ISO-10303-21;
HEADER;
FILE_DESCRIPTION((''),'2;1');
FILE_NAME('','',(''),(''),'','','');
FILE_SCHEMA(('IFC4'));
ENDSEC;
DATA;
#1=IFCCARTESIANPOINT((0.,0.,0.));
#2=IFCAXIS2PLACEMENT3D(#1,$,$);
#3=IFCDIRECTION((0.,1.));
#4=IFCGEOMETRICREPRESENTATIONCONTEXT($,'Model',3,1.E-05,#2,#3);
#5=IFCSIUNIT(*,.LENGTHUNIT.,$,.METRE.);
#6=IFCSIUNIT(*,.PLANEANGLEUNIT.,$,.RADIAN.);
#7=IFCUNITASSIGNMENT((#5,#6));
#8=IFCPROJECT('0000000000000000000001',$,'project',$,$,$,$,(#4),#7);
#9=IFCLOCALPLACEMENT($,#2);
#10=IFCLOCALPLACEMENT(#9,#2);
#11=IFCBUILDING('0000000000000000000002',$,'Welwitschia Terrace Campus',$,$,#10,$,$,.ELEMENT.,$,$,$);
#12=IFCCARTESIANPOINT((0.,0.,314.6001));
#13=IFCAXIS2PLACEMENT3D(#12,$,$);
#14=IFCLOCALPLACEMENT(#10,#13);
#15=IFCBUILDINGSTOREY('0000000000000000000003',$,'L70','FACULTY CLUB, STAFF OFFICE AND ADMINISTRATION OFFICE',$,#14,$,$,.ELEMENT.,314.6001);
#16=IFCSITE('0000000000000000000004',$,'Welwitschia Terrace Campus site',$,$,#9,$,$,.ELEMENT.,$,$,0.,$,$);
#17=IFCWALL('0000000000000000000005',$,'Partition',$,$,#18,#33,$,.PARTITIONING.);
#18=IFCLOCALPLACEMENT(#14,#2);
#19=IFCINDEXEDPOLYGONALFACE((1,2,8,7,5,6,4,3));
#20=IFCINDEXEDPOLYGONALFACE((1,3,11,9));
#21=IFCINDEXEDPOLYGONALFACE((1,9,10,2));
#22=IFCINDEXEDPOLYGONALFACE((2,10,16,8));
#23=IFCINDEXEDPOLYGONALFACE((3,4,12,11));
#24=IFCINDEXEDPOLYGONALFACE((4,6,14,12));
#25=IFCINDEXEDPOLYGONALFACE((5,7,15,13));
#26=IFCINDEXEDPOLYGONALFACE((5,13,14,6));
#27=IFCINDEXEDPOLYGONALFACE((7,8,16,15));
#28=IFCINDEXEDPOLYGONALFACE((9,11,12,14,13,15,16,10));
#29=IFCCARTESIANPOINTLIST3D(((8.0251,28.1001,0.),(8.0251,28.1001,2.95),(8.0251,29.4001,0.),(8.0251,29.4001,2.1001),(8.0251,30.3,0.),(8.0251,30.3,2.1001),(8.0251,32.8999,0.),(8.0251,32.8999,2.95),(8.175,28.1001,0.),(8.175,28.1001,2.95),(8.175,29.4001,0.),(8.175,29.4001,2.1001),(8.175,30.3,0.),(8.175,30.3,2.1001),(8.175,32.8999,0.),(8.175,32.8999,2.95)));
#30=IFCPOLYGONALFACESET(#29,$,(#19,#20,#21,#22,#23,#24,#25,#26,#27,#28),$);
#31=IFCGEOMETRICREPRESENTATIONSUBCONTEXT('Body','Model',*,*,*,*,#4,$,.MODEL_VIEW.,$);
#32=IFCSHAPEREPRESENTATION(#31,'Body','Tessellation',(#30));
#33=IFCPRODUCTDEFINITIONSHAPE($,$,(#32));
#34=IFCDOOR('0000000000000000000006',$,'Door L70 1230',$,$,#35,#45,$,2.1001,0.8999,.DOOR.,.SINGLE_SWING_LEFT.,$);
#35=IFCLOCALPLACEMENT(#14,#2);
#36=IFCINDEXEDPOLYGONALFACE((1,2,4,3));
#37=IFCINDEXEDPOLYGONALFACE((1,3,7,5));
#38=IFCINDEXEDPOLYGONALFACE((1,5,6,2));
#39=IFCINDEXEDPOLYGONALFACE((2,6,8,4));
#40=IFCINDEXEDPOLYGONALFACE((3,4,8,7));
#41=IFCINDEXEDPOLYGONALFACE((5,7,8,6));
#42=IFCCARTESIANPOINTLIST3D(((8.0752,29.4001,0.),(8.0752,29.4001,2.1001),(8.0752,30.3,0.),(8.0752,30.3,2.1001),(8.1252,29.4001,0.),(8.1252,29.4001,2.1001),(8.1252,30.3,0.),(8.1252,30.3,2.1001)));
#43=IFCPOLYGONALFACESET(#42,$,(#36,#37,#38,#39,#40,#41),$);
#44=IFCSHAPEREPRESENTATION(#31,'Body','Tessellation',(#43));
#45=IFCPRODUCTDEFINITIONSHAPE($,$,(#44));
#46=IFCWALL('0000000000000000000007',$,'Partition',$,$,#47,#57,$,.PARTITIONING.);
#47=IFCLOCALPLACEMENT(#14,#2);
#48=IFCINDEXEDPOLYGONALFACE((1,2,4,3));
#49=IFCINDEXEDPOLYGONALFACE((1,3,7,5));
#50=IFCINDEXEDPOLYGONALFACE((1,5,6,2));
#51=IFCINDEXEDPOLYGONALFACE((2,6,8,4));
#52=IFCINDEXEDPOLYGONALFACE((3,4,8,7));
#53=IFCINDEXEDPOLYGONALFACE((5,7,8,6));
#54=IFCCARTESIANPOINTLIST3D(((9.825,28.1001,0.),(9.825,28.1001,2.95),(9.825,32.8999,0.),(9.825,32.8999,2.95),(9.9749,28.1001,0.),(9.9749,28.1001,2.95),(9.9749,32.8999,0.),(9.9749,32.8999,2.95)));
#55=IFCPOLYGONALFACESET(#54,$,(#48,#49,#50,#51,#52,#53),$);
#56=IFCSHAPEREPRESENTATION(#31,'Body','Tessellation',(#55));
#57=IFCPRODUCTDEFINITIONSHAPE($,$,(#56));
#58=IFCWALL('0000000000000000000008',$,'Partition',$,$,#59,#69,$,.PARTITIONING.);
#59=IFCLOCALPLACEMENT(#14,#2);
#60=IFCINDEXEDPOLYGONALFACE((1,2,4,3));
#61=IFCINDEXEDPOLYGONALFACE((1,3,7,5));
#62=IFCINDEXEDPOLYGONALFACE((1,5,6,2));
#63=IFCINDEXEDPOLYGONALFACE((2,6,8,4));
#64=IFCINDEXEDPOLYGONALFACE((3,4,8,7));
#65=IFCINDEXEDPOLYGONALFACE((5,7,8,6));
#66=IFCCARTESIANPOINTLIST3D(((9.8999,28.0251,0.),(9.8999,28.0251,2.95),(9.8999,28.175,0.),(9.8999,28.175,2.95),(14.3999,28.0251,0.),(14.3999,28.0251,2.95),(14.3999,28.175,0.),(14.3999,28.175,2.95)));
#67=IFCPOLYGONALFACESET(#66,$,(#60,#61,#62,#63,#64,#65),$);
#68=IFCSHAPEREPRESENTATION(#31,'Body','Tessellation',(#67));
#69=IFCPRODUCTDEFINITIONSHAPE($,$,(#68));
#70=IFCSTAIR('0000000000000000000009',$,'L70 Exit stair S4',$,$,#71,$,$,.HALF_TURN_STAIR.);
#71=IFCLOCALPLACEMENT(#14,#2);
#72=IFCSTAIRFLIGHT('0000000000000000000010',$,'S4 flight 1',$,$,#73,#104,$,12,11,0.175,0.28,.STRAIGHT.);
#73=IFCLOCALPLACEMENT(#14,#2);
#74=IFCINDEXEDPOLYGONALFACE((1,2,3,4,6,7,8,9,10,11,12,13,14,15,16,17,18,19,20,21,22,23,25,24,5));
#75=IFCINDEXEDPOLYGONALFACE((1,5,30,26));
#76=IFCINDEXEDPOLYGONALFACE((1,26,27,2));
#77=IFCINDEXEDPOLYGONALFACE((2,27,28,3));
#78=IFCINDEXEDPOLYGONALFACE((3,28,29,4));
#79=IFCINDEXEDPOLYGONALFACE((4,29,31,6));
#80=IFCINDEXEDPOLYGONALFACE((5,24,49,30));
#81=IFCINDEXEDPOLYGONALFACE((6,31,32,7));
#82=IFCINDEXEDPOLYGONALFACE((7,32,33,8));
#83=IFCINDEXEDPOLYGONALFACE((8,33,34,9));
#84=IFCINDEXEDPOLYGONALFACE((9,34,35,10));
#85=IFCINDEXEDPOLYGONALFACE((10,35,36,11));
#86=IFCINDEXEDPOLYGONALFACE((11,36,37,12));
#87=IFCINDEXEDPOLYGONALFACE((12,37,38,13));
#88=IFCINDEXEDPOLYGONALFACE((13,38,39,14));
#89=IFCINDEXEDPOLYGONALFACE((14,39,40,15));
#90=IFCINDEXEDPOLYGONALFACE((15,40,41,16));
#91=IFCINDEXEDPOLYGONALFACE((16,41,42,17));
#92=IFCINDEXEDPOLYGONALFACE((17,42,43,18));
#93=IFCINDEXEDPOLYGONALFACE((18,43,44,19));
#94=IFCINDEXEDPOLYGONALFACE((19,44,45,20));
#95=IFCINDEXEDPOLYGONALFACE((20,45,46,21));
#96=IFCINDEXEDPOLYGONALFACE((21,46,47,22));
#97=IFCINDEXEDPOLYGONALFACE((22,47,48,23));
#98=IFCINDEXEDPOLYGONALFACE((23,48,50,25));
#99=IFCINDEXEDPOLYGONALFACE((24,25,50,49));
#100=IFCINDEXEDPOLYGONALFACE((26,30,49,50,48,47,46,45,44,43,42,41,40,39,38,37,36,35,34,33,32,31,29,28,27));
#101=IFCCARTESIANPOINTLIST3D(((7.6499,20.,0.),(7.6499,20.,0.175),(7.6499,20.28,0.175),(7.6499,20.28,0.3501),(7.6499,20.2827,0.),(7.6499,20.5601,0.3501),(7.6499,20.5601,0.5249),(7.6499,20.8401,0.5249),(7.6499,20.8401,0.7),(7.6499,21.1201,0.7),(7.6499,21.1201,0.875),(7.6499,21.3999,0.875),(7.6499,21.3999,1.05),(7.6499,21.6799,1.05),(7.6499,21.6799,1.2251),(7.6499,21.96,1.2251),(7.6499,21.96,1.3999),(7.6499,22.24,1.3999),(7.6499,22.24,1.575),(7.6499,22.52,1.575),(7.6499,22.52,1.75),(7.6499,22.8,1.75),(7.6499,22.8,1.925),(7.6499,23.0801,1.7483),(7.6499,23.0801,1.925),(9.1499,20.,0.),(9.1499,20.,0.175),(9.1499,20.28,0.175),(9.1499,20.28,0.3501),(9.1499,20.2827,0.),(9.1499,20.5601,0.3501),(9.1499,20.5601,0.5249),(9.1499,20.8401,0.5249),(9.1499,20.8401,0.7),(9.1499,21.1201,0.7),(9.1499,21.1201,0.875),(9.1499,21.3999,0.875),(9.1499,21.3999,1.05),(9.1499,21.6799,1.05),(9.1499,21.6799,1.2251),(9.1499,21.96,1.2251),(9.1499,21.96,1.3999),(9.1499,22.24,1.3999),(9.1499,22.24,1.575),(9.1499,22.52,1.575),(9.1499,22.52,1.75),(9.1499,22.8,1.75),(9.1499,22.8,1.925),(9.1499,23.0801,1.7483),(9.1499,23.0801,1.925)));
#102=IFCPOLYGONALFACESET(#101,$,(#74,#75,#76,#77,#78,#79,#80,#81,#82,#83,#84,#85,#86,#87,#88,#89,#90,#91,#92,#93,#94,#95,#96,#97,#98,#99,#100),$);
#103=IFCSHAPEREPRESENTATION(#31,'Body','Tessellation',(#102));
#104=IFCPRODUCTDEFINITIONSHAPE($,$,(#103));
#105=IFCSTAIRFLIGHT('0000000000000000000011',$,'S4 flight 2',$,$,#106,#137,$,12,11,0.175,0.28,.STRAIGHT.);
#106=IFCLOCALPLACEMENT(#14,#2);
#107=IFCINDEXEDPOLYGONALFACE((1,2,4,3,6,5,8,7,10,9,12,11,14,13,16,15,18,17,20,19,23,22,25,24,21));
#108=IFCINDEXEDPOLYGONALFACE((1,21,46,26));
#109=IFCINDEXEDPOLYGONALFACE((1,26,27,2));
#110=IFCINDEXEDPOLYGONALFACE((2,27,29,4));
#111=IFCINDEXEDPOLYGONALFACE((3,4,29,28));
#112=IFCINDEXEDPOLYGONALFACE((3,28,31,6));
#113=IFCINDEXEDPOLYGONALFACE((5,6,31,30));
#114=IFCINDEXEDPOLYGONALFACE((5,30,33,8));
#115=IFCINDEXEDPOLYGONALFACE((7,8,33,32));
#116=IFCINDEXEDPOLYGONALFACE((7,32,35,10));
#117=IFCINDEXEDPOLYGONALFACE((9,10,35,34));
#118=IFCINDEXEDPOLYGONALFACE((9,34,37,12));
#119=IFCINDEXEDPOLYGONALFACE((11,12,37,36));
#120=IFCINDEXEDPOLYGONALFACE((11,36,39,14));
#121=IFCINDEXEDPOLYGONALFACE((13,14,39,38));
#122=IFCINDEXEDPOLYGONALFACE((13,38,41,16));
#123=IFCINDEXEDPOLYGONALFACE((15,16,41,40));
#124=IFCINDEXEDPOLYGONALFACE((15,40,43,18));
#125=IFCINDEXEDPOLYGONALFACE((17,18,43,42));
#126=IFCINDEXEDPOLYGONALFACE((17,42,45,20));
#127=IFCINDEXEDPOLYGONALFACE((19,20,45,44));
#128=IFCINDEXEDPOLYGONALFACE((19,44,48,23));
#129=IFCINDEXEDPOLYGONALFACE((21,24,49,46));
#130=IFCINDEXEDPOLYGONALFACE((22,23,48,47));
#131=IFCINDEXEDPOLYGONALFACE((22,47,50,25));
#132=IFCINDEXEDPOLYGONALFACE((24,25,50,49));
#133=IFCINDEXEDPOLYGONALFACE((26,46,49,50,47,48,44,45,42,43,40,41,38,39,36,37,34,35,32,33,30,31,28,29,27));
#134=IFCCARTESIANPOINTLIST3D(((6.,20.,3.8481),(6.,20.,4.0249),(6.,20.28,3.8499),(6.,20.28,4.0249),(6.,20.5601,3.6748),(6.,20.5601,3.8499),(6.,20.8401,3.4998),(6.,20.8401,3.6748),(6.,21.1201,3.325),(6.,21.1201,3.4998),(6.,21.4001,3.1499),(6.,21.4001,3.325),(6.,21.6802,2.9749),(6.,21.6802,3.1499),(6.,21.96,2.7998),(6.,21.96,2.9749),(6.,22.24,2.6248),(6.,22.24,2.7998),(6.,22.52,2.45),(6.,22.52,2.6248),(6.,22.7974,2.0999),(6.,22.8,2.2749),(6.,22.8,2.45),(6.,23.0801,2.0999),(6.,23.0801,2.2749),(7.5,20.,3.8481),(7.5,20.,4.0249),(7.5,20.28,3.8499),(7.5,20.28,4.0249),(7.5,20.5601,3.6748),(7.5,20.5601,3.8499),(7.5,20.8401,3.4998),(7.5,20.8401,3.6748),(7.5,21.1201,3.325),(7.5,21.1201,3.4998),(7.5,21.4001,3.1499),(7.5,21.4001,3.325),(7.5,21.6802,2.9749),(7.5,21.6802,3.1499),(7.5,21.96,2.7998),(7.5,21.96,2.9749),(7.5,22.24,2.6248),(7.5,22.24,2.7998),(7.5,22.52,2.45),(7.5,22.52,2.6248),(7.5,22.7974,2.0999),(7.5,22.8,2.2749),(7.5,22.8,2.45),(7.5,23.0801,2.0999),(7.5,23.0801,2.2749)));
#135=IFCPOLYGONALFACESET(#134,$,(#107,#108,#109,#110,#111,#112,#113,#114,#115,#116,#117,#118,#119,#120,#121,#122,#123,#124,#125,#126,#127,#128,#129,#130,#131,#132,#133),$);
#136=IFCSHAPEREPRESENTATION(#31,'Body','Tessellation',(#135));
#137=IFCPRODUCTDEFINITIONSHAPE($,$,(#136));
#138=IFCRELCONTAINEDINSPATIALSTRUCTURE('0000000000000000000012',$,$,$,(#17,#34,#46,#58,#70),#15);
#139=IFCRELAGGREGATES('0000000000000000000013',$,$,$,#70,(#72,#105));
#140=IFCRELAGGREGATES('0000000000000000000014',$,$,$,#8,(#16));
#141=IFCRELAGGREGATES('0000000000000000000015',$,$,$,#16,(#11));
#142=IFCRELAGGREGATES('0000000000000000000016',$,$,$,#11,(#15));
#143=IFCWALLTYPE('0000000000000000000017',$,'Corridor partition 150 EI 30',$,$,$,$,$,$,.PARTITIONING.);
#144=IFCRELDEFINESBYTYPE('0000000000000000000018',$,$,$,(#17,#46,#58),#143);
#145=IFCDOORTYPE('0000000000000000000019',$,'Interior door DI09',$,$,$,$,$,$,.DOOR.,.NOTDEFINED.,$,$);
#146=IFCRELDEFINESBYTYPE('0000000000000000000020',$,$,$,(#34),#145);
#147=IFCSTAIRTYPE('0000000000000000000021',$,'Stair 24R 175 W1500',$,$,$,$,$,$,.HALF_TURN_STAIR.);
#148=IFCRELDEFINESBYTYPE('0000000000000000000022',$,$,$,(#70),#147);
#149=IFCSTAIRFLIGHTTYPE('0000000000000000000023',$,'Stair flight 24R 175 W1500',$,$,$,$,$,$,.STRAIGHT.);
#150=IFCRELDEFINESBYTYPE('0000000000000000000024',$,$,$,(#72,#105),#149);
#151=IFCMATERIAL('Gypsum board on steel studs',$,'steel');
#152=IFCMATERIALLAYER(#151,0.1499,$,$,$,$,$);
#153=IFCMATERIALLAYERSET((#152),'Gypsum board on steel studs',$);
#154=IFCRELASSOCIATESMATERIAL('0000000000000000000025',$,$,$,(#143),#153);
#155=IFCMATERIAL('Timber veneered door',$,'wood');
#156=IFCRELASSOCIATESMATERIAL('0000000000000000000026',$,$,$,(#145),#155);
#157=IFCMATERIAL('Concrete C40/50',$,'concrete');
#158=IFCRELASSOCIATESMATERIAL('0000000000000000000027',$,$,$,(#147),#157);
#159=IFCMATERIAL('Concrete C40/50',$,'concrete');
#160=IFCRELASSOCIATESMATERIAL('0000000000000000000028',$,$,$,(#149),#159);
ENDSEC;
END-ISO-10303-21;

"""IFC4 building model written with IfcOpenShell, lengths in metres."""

from ifc_helpers import new_model, si_unit, direction, frame, frame_2d, origin, place, context, subcontext, project, spatial, polyline, rectangle, outline, extrude, material, layer, layer_set, type_object, element, fill, aggregate, save


model = new_model("IFC4")

# Units and contexts
model_context = context("Model", 3, precision=1e-05, world=origin(), true_north=direction((0.0, 1.0)))
body_context = subcontext(model_context, "Body", "Model", "MODEL_VIEW")
ifc_project = project(units=[si_unit("LENGTHUNIT", "METRE"), si_unit("PLANEANGLEUNIT", "RADIAN")], contexts=[model_context])

# Site, building, storey
site_placement = place(None, origin())
site = spatial("IfcSite", under=ifc_project, at=site_placement, Name="Welwitschia Terrace Campus site", CompositionType="ELEMENT", RefElevation=0.0)
building_placement = place(site_placement, origin())
building = spatial("IfcBuilding", under=site, at=building_placement, Name="Welwitschia Terrace Campus", CompositionType="ELEMENT")
storey_placement = place(building_placement, frame((0.0, 0.0, 314.6001)))
storey = spatial("IfcBuildingStorey", under=building, at=storey_placement, Name="L70", Description="FACULTY CLUB, STAFF OFFICE AND ADMINISTRATION OFFICE", CompositionType="ELEMENT", Elevation=314.6001)

# Shared definitions
ifc_material_1 = material(Name="Gypsum board on steel studs", Category="steel")
ifc_layer_1 = layer(ifc_material_1, 0.1499)
ifc_layer_set_1 = layer_set([ifc_layer_1], Name="Gypsum board on steel studs")
wall_type_1 = type_object("IfcWallType", Name="Corridor partition 150 EI 30", PredefinedType="PARTITIONING", material=ifc_layer_set_1)

# Wall, opening, door
wall_1_placement = place(storey_placement, frame((8.1001, 28.1001, 0.0), z_axis=(0.0, 0.0, 1.0), x_axis=(0.0, 1.0, 0.0)))
wall_1 = element("IfcWall", 1, at=wall_1_placement, inside=storey, type_object=wall_type_1, Name="Partition", PredefinedType="PARTITIONING", context=body_context, shape_type="SweptSolid", body=[
    extrude(rectangle(XDim=4.7998, YDim=0.1499, at=frame_2d((2.3999, 0.0))), origin(), (0.0, 0.0, 1.0), 2.95),
])
opening_placement = place(wall_1_placement, frame((1.3, 0.0, 0.0)))
opening = element("IfcOpeningElement", 2, at=opening_placement, cuts=wall_1, PredefinedType="OPENING", context=body_context, shape_type="SweptSolid", body=[
    extrude(rectangle(XDim=0.8999, YDim=2.1001, at=frame_2d((0.45, 1.05))), frame((0.0, 0.085, 0.0), z_axis=(0.0, -1.0, 0.0), x_axis=(1.0, 0.0, 0.0)), (0.0, 0.0, 1.0), 0.1699),
])
ifc_material_2 = material(Name="Timber veneered door", Category="wood")
door_type = type_object("IfcDoorType", Name="Interior door DI09", OperationType="NOTDEFINED", PredefinedType="DOOR", material=ifc_material_2)
door_placement = place(opening_placement, origin())
door = element("IfcDoor", 3, at=door_placement, inside=storey, type_object=door_type, Name="Door L70 1230", OperationType="SINGLE_SWING_LEFT", OverallHeight=2.1001, OverallWidth=0.8999, PredefinedType="DOOR", context=body_context, shape_type="SweptSolid", body=[
    extrude(rectangle(XDim=0.8999, YDim=2.1001, at=frame_2d((0.45, 1.05))), frame((0.0, 0.0249, 0.0), z_axis=(0.0, -1.0, 0.0), x_axis=(1.0, 0.0, 0.0)), (0.0, 0.0, 1.0), 0.05),
])
fill(opening, door)

# Walls
wall_2_placement = place(storey_placement, frame((9.8999, 28.1001, 0.0), z_axis=(0.0, 0.0, 1.0), x_axis=(0.0, 1.0, 0.0)))
element("IfcWall", 4, at=wall_2_placement, inside=storey, type_object=wall_type_1, Name="Partition", PredefinedType="PARTITIONING", context=body_context, shape_type="SweptSolid", body=[
    extrude(rectangle(XDim=4.7998, YDim=0.1499, at=frame_2d((2.3999, 0.0))), origin(), (0.0, 0.0, 1.0), 2.95),
])
wall_3_placement = place(storey_placement, frame((9.8999, 28.1001, 0.0), z_axis=(0.0, 0.0, 1.0), x_axis=(1.0, 0.0, 0.0)))
element("IfcWall", 5, at=wall_3_placement, inside=storey, type_object=wall_type_1, Name="Partition", PredefinedType="PARTITIONING", context=body_context, shape_type="SweptSolid", body=[
    extrude(rectangle(XDim=4.5, YDim=0.1499, at=frame_2d((2.25, 0.0))), origin(), (0.0, 0.0, 1.0), 2.95),
])

# Stair, stair flights
ifc_material_3 = material(Name="Concrete C40/50", Category="concrete")
stair_type = type_object("IfcStairType", Name="Stair 24R 175 W1500", PredefinedType="HALF_TURN_STAIR", material=ifc_material_3)
stair_placement = place(storey_placement, origin())
stair = element("IfcStair", 6, at=stair_placement, inside=storey, type_object=stair_type, Name="L70 Exit stair S4", PredefinedType="HALF_TURN_STAIR")
ifc_material_4 = material(Name="Concrete C40/50", Category="concrete")
stair_flight_type = type_object("IfcStairFlightType", Name="Stair flight 24R 175 W1500", PredefinedType="STRAIGHT", material=ifc_material_4)
stair_flight_1_placement = place(storey_placement, frame((8.3999, 20.0, 0.0), z_axis=(0.0, 0.0, 1.0), x_axis=(0.0, 1.0, 0.0)))
stair_flight_1 = element("IfcStairFlight", 7, at=stair_flight_1_placement, type_object=stair_flight_type, Name="S4 flight 1", NumberOfRisers=12, NumberOfTreads=11, PredefinedType="STRAIGHT", RiserHeight=0.175, TreadLength=0.28, context=body_context, shape_type="SweptSolid", body=[
    extrude(outline(polyline([(0.0, 0.0), (0.0, 0.175), (0.28, 0.175), (0.28, 0.3501), (0.5601, 0.3501), (0.5601, 0.5249), (0.8401, 0.5249), (0.8401, 0.7), (1.1201, 0.7), (1.1201, 0.875), (1.3999, 0.875), (1.3999, 1.05), (1.6799, 1.05), (1.6799, 1.2251), (1.96, 1.2251), (1.96, 1.3999), (2.24, 1.3999), (2.24, 1.575), (2.52, 1.575), (2.52, 1.75), (2.8, 1.75), (2.8, 1.925), (3.0801, 1.925), (3.0801, 2.1001), (3.0801, 1.7483), (0.2827, 0.0), (0.0, 0.0)])), frame((0.0, 0.75, 0.0), z_axis=(0.0, -1.0, 0.0), x_axis=(1.0, 0.0, 0.0)), (0.0, 0.0, 1.0), 1.5),
])
stair_flight_2_placement = place(storey_placement, frame((6.75, 23.0801, 2.0999), z_axis=(0.0, 0.0, 1.0), x_axis=(0.0, -1.0, 0.0)))
stair_flight_2 = element("IfcStairFlight", 8, at=stair_flight_2_placement, type_object=stair_flight_type, Name="S4 flight 2", NumberOfRisers=12, NumberOfTreads=11, PredefinedType="STRAIGHT", RiserHeight=0.175, TreadLength=0.28, context=body_context, shape_type="SweptSolid", body=[
    extrude(outline(polyline([(0.0, 0.0), (0.0, 0.175), (0.28, 0.175), (0.28, 0.3501), (0.5601, 0.3501), (0.5601, 0.5249), (0.8401, 0.5249), (0.8401, 0.7), (1.1201, 0.7), (1.1201, 0.875), (1.3999, 0.875), (1.3999, 1.05), (1.6799, 1.05), (1.6799, 1.2251), (1.96, 1.2251), (1.96, 1.3999), (2.24, 1.3999), (2.24, 1.575), (2.52, 1.575), (2.52, 1.75), (2.8, 1.75), (2.8, 1.925), (3.0801, 1.925), (3.0801, 2.1001), (3.0801, 1.7483), (0.2827, 0.0), (0.0, 0.0)])), frame((0.0, 0.75, 0.0), z_axis=(0.0, -1.0, 0.0), x_axis=(1.0, 0.0, 0.0)), (0.0, 0.0, 1.0), 1.5),
])
aggregate(stair, [stair_flight_1, stair_flight_2])

save(model, "model.ifc")
